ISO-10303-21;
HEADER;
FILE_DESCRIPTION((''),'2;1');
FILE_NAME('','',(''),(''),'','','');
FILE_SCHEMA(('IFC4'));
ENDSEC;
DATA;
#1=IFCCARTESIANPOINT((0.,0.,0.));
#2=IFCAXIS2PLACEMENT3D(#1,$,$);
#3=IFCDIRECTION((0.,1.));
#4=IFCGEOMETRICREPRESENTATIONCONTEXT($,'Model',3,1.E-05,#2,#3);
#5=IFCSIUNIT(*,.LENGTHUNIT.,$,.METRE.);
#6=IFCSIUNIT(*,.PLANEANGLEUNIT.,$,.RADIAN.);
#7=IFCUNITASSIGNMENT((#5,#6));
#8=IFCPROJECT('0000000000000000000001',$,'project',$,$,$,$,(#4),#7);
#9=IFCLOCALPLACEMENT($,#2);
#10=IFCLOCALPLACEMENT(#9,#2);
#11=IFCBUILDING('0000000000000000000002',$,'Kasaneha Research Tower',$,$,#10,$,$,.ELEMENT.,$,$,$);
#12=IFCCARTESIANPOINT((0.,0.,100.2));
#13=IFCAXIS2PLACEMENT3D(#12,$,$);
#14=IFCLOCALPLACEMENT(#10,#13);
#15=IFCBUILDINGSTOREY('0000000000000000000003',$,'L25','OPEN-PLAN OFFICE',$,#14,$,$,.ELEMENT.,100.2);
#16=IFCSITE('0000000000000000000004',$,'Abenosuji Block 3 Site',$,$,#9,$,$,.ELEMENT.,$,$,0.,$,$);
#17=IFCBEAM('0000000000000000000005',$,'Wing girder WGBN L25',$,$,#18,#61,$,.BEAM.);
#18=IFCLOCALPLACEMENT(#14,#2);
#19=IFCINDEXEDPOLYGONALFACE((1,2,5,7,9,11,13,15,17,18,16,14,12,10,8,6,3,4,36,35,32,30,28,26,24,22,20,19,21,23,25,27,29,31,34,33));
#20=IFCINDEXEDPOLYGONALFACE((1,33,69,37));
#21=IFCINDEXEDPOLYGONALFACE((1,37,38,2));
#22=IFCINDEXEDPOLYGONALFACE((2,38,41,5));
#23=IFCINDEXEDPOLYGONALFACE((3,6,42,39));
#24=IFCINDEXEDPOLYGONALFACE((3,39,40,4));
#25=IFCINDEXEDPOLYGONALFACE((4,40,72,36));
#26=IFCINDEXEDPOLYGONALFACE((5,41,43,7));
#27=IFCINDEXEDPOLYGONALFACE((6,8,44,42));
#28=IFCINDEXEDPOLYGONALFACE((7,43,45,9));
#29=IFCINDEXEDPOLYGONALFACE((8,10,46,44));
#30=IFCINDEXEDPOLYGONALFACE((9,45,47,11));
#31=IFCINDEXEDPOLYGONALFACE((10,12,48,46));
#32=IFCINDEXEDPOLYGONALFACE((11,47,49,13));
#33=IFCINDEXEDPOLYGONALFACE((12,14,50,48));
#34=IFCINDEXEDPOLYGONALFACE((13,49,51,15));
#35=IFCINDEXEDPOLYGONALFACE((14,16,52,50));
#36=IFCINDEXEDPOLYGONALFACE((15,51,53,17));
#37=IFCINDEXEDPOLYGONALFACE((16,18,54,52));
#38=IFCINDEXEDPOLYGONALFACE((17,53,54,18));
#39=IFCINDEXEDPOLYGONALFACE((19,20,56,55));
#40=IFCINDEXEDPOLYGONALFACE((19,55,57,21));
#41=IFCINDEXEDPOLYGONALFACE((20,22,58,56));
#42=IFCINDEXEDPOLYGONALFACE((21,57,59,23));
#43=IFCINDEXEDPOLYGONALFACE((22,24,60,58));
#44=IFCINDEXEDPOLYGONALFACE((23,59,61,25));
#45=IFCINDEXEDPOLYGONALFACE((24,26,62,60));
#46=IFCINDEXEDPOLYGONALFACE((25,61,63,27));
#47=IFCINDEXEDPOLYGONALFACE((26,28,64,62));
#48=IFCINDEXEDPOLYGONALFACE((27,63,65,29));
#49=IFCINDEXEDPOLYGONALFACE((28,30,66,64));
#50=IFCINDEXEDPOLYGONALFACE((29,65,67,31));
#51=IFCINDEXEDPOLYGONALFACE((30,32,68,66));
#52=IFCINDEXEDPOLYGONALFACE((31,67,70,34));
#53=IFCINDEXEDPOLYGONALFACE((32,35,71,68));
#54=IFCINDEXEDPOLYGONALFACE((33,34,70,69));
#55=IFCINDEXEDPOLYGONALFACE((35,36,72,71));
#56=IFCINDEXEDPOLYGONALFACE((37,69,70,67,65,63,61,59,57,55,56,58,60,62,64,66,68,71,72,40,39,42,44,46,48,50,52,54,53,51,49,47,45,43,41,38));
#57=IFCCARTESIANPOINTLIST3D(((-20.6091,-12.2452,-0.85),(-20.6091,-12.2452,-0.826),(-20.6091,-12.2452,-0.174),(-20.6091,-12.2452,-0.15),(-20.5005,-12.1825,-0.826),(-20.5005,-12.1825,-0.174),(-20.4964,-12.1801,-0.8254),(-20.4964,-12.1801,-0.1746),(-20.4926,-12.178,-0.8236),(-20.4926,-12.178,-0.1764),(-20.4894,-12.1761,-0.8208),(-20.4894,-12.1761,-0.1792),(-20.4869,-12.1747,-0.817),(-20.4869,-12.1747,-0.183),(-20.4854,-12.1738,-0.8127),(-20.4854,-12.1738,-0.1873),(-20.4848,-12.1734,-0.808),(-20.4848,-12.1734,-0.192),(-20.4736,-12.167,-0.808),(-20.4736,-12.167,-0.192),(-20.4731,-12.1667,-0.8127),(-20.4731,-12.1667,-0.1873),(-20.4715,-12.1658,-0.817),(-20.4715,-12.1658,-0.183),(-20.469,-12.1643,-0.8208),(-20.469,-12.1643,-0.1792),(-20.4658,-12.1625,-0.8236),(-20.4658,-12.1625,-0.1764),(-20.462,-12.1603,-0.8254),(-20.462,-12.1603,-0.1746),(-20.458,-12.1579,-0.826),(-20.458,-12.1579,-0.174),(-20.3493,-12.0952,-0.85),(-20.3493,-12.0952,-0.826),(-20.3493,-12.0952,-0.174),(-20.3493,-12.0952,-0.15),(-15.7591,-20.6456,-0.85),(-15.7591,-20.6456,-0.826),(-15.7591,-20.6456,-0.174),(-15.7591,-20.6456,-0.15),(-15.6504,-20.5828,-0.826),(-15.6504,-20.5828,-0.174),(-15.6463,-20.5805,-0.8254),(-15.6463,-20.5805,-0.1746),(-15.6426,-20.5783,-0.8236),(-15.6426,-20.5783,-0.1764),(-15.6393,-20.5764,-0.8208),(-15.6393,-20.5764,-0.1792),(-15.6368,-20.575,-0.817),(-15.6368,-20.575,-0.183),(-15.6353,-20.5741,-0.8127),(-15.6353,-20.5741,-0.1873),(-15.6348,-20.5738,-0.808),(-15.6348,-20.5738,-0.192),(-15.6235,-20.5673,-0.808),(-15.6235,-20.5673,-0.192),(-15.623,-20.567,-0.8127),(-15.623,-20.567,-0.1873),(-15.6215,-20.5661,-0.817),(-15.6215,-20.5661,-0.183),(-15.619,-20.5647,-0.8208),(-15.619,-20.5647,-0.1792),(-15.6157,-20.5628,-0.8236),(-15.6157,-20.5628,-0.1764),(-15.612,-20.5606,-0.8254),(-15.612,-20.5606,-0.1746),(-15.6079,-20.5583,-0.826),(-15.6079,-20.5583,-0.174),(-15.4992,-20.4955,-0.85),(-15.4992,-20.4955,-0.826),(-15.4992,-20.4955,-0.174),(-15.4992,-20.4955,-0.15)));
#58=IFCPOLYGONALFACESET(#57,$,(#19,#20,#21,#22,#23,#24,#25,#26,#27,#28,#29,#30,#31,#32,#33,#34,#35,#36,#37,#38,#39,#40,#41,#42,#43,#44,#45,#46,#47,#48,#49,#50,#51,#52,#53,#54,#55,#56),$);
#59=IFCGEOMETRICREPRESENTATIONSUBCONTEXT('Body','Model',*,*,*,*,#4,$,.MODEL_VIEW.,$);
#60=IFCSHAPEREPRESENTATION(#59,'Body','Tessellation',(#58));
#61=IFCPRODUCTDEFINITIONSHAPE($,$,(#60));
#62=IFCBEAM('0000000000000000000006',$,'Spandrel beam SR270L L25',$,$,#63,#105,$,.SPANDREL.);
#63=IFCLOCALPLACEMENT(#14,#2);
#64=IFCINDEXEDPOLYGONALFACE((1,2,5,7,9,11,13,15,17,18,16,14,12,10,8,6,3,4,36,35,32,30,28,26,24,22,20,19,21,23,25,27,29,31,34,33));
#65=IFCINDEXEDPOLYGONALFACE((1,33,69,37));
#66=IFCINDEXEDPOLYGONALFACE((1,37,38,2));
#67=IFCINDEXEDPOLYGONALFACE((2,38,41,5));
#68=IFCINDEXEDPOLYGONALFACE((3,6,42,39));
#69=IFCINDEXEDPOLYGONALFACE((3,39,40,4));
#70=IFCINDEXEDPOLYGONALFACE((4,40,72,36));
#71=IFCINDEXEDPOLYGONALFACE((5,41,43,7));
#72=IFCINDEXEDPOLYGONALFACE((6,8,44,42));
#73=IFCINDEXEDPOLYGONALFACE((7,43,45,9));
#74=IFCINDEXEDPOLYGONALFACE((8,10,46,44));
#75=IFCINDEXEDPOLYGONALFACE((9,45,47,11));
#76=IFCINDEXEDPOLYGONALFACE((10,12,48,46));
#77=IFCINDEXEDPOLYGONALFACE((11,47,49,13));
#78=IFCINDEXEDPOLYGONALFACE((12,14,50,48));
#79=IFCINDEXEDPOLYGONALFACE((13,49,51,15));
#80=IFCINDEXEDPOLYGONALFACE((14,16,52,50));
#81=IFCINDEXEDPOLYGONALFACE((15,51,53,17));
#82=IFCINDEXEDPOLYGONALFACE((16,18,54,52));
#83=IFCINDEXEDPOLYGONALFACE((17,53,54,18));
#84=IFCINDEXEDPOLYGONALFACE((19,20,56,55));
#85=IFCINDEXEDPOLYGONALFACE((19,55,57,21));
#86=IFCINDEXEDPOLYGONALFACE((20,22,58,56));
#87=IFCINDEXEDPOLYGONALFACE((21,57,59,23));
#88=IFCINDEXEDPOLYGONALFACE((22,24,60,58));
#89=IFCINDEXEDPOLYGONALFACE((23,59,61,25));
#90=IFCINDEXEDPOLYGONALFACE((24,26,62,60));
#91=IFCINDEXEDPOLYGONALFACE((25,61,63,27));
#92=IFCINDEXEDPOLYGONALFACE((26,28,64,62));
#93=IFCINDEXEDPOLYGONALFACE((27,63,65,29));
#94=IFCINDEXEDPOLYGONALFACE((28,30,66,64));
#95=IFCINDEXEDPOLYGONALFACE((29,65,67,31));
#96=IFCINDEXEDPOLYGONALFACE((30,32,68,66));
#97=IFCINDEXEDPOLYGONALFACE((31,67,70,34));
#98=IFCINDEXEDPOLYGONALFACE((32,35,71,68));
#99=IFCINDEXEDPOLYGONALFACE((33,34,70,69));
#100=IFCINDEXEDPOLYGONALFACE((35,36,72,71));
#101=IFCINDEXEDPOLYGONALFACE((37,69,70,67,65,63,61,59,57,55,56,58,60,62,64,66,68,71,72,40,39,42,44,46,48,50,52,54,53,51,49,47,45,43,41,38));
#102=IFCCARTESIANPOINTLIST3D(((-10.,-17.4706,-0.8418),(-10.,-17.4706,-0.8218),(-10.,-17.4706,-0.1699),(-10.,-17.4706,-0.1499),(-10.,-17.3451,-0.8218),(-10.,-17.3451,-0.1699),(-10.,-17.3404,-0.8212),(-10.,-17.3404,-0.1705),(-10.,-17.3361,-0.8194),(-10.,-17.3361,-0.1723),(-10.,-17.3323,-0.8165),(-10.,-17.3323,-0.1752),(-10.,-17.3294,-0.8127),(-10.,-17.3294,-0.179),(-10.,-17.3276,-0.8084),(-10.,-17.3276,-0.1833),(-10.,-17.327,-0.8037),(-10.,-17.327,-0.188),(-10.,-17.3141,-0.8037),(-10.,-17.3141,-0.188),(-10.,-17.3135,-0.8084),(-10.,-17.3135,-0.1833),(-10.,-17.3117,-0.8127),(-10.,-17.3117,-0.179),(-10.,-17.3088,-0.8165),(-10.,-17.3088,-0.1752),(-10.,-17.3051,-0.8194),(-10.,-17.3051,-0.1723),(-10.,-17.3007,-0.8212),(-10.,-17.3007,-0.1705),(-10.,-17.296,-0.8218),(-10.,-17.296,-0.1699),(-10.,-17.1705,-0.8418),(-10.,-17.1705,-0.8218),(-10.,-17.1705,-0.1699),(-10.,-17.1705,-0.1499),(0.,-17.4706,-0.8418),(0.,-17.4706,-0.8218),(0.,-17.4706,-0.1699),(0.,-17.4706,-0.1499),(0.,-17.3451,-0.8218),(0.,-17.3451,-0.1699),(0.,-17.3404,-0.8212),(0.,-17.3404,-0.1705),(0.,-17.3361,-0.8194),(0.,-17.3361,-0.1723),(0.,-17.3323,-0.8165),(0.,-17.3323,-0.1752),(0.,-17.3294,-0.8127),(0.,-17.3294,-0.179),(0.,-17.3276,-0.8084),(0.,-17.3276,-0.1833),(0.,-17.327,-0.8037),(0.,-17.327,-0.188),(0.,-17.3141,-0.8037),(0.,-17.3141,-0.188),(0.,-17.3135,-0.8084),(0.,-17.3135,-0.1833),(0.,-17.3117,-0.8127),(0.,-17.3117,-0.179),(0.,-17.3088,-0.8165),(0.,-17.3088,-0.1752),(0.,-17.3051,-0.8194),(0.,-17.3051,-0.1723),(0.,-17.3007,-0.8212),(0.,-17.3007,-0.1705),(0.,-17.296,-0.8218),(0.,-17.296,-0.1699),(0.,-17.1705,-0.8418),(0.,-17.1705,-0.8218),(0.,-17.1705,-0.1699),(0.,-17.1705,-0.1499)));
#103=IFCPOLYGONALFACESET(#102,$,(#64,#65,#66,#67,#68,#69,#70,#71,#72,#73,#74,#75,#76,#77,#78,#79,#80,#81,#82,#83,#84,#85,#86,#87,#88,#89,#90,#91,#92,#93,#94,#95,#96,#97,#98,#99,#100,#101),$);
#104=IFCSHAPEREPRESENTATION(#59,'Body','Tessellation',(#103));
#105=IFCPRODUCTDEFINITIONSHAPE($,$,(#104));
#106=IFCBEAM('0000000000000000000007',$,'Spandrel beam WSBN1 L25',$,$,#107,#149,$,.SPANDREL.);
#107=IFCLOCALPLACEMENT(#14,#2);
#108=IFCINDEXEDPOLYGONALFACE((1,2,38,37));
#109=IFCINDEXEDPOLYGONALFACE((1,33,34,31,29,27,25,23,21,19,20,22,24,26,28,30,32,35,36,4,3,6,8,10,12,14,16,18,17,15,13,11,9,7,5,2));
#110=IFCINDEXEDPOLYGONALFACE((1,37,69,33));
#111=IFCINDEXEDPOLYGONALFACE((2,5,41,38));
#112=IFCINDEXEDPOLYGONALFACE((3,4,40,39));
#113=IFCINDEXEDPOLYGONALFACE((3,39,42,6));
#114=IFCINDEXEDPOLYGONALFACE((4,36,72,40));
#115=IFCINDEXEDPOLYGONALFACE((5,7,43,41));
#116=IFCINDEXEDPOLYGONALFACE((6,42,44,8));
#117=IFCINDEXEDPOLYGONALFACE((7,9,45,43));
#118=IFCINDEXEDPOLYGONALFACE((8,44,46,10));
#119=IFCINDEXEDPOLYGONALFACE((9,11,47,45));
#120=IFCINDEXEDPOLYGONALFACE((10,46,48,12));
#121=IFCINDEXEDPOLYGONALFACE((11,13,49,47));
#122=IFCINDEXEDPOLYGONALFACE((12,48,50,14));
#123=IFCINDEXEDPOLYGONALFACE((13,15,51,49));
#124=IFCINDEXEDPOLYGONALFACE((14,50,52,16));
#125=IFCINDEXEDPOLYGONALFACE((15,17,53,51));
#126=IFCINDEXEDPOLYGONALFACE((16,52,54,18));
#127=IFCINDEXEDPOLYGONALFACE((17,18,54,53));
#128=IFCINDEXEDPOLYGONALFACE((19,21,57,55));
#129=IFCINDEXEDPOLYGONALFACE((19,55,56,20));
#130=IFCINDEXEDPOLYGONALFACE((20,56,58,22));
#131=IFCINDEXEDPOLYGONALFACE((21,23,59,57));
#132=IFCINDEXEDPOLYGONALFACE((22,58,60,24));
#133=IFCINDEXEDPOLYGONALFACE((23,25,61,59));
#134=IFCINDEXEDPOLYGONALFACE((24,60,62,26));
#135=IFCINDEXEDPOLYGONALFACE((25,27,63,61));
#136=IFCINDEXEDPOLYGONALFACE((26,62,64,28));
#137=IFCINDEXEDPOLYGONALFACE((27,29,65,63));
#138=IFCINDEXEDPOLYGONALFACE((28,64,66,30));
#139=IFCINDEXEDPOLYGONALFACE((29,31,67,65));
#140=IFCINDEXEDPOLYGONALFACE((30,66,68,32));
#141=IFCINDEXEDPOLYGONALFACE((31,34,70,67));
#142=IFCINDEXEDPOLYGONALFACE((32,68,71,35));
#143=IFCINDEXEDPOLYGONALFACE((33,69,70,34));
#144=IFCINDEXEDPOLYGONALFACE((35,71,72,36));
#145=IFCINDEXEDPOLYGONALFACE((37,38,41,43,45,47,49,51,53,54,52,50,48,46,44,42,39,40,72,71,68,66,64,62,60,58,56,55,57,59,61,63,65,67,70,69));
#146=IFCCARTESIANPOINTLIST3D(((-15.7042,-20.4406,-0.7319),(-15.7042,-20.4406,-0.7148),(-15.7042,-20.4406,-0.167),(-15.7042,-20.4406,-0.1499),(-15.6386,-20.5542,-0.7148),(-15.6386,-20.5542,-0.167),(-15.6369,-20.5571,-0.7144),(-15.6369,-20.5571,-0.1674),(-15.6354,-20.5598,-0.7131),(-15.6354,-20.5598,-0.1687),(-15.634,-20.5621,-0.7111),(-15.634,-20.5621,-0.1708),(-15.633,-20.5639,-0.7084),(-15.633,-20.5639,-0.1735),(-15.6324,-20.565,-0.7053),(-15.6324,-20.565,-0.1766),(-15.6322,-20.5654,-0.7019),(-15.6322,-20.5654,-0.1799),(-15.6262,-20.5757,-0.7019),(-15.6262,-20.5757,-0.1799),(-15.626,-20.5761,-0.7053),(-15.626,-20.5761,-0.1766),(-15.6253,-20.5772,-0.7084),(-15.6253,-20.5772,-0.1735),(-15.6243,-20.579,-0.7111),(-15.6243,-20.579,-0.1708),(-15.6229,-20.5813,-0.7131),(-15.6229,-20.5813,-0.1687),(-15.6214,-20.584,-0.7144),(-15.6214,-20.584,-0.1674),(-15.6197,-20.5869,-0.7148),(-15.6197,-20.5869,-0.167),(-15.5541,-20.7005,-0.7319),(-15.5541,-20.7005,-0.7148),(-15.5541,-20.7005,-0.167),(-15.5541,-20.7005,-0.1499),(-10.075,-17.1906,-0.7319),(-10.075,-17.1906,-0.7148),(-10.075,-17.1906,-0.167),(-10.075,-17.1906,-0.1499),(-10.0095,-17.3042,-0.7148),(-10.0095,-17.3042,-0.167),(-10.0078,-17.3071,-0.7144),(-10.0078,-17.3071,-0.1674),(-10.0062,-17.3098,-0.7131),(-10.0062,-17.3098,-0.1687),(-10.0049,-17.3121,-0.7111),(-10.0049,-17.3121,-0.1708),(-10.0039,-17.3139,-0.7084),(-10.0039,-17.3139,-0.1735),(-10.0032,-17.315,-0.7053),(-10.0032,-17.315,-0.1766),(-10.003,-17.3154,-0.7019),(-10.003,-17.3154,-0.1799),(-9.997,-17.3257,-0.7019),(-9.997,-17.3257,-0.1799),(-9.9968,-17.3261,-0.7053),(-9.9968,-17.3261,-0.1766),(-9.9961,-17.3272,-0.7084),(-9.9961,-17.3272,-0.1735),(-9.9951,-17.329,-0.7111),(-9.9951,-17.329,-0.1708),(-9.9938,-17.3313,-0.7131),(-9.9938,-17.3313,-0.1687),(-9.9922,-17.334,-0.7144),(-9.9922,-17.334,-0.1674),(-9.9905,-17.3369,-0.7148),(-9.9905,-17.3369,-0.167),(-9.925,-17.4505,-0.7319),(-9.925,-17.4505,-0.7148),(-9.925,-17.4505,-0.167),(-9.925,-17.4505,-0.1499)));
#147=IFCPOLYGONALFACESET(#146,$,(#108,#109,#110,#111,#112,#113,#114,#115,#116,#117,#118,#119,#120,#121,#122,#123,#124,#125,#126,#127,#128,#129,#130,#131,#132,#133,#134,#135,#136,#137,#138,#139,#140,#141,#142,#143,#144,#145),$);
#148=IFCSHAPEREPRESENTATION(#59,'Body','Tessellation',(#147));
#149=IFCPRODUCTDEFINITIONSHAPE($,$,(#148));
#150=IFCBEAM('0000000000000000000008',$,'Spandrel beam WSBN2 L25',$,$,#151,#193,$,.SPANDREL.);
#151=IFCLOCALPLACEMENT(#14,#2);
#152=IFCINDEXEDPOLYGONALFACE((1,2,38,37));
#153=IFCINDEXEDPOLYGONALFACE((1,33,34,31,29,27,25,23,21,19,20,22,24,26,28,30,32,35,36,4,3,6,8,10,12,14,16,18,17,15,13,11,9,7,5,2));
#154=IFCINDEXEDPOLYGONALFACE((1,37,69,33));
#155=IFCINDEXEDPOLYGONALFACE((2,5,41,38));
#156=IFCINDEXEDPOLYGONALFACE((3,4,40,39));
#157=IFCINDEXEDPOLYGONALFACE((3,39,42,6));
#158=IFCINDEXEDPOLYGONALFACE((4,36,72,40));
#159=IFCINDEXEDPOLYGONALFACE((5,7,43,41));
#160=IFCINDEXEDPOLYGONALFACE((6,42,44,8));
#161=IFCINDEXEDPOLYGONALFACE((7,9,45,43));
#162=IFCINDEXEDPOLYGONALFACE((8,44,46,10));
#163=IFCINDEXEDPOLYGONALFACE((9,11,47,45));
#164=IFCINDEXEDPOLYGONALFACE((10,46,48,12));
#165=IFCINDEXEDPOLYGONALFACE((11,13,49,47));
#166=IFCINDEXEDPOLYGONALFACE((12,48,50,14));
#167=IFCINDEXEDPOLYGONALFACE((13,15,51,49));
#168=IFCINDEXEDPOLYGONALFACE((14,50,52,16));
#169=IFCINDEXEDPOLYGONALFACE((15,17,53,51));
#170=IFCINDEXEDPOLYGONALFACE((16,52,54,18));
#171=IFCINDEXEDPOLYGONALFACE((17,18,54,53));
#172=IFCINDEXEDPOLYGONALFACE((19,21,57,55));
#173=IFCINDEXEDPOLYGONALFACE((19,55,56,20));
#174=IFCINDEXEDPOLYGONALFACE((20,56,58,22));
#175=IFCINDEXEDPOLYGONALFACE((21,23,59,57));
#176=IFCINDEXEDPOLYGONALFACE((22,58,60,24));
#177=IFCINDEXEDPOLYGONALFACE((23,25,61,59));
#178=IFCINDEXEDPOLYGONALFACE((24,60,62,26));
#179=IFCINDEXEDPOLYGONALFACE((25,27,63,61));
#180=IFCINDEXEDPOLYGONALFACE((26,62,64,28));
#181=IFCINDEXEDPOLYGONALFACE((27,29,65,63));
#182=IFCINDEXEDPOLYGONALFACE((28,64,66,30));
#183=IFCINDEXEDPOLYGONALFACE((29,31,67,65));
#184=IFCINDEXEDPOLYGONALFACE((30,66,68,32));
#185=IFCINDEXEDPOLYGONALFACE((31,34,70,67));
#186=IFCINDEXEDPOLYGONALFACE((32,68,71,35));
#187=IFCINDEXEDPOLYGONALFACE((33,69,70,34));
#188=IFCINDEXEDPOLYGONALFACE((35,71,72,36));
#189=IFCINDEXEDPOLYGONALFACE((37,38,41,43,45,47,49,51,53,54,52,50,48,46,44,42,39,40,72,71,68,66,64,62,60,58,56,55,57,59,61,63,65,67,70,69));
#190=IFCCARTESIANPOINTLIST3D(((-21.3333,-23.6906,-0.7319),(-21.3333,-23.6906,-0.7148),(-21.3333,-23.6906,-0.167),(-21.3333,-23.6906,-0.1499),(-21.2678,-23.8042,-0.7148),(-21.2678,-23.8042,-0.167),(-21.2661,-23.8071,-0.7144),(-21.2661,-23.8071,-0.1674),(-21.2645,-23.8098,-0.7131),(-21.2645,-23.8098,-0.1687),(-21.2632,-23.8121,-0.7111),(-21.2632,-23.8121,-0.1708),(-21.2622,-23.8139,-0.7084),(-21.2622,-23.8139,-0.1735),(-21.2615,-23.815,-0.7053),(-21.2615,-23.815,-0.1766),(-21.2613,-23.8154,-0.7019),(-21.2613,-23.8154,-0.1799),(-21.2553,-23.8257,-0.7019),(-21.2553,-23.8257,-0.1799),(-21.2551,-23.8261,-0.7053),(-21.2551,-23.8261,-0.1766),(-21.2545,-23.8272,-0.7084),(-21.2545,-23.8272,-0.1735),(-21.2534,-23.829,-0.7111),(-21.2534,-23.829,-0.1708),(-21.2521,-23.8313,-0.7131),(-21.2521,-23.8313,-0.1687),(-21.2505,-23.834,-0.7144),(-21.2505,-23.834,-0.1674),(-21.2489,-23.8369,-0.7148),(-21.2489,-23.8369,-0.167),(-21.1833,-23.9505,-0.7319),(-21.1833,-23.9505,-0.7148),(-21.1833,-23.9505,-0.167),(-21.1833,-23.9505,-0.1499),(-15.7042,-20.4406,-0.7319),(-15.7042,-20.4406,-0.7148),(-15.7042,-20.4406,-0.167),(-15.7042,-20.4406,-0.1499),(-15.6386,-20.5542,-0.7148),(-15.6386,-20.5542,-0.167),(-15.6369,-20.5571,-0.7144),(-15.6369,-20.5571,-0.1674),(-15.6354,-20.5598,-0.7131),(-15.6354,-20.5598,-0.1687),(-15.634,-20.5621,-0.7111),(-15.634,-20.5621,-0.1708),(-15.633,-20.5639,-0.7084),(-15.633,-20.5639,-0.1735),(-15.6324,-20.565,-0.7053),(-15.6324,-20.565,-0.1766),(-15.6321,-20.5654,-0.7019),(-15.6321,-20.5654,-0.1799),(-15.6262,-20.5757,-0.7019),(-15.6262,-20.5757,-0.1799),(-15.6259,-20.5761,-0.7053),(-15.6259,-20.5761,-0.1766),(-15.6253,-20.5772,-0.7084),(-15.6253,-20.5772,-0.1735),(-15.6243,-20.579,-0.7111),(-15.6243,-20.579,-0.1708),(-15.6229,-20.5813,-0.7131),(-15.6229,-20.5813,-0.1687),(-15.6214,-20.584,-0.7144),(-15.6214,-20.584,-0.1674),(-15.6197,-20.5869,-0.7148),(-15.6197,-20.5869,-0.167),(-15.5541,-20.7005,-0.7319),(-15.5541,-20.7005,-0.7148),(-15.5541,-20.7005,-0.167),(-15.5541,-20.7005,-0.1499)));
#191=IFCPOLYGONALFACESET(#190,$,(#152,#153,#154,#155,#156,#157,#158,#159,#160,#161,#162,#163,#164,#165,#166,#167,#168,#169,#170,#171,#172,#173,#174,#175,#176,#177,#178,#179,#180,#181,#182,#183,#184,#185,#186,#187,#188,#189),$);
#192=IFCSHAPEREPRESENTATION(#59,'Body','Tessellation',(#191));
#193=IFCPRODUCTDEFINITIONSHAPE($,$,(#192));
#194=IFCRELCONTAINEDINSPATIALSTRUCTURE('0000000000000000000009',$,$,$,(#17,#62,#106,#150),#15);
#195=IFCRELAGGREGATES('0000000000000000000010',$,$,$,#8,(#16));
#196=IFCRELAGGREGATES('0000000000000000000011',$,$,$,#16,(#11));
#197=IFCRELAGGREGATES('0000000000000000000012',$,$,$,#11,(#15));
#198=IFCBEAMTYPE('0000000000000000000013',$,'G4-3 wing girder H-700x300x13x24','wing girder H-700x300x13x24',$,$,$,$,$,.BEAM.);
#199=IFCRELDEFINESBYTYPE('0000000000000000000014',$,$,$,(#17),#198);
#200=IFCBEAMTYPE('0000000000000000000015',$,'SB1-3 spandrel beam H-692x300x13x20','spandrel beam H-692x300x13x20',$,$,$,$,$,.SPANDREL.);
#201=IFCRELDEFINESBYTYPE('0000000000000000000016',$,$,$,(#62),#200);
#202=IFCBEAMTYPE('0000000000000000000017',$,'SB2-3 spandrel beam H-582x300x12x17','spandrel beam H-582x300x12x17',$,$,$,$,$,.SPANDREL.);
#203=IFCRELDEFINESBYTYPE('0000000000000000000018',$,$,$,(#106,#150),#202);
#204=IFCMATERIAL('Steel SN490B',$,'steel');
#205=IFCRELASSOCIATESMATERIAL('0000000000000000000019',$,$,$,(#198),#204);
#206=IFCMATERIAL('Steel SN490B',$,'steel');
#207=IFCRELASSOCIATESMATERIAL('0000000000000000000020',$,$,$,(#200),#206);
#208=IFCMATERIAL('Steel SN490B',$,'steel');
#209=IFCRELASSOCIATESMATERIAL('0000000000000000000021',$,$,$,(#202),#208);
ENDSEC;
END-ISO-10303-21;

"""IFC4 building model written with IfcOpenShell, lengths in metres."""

from ifc_helpers import new_model, si_unit, direction, frame, origin, origin_2d, place, context, subcontext, project, spatial, i_section, extrude, material, material_profile, profile_set, type_object, element, save


model = new_model("IFC4")

# Units and contexts
model_context = context("Model", 3, precision=1e-05, world=origin(), true_north=direction((0.0, 1.0)))
body_context = subcontext(model_context, "Body", "Model", "MODEL_VIEW")
ifc_project = project(units=[si_unit("LENGTHUNIT", "METRE"), si_unit("PLANEANGLEUNIT", "RADIAN")], contexts=[model_context])

# Site, building, storey
site_placement = place(None, origin())
site = spatial("IfcSite", under=ifc_project, at=site_placement, Name="Abenosuji Block 3 Site", CompositionType="ELEMENT", RefElevation=0.0)
building_placement = place(site_placement, origin())
building = spatial("IfcBuilding", under=site, at=building_placement, Name="Kasaneha Research Tower", CompositionType="ELEMENT")
storey_placement = place(building_placement, frame((0.0, 0.0, 100.2)))
storey = spatial("IfcBuildingStorey", under=building, at=storey_placement, Name="L25", Description="OPEN-PLAN OFFICE", CompositionType="ELEMENT", Elevation=100.2)

# Beams
ifc_material_1 = material(Name="Steel SN490B", Category="steel")
ifc_material_profile_1 = material_profile(ifc_material_1, i_section(OverallWidth=0.3, OverallDepth=0.7, WebThickness=0.0129, FlangeThickness=0.0239, FilletRadius=0.0181, at=origin_2d()), Name="H-700x300x13x24")
ifc_profile_set_1 = profile_set([ifc_material_profile_1], Name="Steel SN490B")
beam_type_1 = type_object("IfcBeamType", Name="G4-3 wing girder H-700x300x13x24", Description="wing girder H-700x300x13x24", PredefinedType="BEAM", material=ifc_profile_set_1)
beam_1_placement = place(storey_placement, frame((-15.6292, -20.5706, -0.5), z_axis=(-0.50001, 0.86602, 0.0), x_axis=(-0.86602, -0.50001, 0.0)))
element("IfcBeam", 1, at=beam_1_placement, inside=storey, type_object=beam_type_1, Name="Wing girder WGBN L25", PredefinedType="BEAM", context=body_context, shape_type="SweptSolid", body=[
    extrude(i_section(OverallWidth=0.3, OverallDepth=0.7, WebThickness=0.0129, FlangeThickness=0.0239, FilletRadius=0.0181, at=origin_2d()), origin(), (0.0, 0.0, 1.0), 9.7),
])
ifc_material_2 = material(Name="Steel SN490B", Category="steel")
ifc_material_profile_2 = material_profile(ifc_material_2, i_section(OverallWidth=0.3, OverallDepth=0.6919, WebThickness=0.0129, FlangeThickness=0.02, FilletRadius=0.0181, at=origin_2d()), Name="H-692x300x13x20")
ifc_profile_set_2 = profile_set([ifc_material_profile_2], Name="Steel SN490B")
beam_type_2 = type_object("IfcBeamType", Name="SB1-3 spandrel beam H-692x300x13x20", Description="spandrel beam H-692x300x13x20", PredefinedType="SPANDREL", material=ifc_profile_set_2)
beam_2_placement = place(storey_placement, frame((-10.0, -17.3206, -0.4958), z_axis=(1.0, 0.0, 0.0), x_axis=(0.0, 1.0, 0.0)))
element("IfcBeam", 2, at=beam_2_placement, inside=storey, type_object=beam_type_2, Name="Spandrel beam SR270L L25", PredefinedType="SPANDREL", context=body_context, shape_type="SweptSolid", body=[
    extrude(i_section(OverallWidth=0.3, OverallDepth=0.6919, WebThickness=0.0129, FlangeThickness=0.02, FilletRadius=0.0181, at=origin_2d()), origin(), (0.0, 0.0, 1.0), 10.0),
])
ifc_material_3 = material(Name="Steel SN490B", Category="steel")
ifc_material_profile_3 = material_profile(ifc_material_3, i_section(OverallWidth=0.3, OverallDepth=0.582, WebThickness=0.012, FlangeThickness=0.0171, FilletRadius=0.0129, at=origin_2d()), Name="H-582x300x12x17")
ifc_profile_set_3 = profile_set([ifc_material_profile_3], Name="Steel SN490B")
beam_type_3 = type_object("IfcBeamType", Name="SB2-3 spandrel beam H-582x300x12x17", Description="spandrel beam H-582x300x12x17", PredefinedType="SPANDREL", material=ifc_profile_set_3)
for number, where, z_axis, x_axis, name in (
    (3, (-10.0, -17.3206, -0.4409), (-0.866025, -0.500001, 0.0), (0.500001, -0.866025, 0.0), "Spandrel beam WSBN1 L25"),
    (4, (-15.6292, -20.5706, -0.4409), (-0.866025, -0.500001, 0.0), (0.500001, -0.866025, 0.0), "Spandrel beam WSBN2 L25"),
):
    element("IfcBeam", number, at=place(storey_placement, frame(where, z_axis=z_axis, x_axis=x_axis)), inside=storey, type_object=beam_type_3, Name=name, PredefinedType="SPANDREL", context=body_context, shape_type="SweptSolid", body=[
        extrude(i_section(OverallWidth=0.3, OverallDepth=0.582, WebThickness=0.012, FlangeThickness=0.0171, FilletRadius=0.0129, at=origin_2d()), origin(), (0.0, 0.0, 1.0), 6.5),
    ])

save(model, "model.ifc")
